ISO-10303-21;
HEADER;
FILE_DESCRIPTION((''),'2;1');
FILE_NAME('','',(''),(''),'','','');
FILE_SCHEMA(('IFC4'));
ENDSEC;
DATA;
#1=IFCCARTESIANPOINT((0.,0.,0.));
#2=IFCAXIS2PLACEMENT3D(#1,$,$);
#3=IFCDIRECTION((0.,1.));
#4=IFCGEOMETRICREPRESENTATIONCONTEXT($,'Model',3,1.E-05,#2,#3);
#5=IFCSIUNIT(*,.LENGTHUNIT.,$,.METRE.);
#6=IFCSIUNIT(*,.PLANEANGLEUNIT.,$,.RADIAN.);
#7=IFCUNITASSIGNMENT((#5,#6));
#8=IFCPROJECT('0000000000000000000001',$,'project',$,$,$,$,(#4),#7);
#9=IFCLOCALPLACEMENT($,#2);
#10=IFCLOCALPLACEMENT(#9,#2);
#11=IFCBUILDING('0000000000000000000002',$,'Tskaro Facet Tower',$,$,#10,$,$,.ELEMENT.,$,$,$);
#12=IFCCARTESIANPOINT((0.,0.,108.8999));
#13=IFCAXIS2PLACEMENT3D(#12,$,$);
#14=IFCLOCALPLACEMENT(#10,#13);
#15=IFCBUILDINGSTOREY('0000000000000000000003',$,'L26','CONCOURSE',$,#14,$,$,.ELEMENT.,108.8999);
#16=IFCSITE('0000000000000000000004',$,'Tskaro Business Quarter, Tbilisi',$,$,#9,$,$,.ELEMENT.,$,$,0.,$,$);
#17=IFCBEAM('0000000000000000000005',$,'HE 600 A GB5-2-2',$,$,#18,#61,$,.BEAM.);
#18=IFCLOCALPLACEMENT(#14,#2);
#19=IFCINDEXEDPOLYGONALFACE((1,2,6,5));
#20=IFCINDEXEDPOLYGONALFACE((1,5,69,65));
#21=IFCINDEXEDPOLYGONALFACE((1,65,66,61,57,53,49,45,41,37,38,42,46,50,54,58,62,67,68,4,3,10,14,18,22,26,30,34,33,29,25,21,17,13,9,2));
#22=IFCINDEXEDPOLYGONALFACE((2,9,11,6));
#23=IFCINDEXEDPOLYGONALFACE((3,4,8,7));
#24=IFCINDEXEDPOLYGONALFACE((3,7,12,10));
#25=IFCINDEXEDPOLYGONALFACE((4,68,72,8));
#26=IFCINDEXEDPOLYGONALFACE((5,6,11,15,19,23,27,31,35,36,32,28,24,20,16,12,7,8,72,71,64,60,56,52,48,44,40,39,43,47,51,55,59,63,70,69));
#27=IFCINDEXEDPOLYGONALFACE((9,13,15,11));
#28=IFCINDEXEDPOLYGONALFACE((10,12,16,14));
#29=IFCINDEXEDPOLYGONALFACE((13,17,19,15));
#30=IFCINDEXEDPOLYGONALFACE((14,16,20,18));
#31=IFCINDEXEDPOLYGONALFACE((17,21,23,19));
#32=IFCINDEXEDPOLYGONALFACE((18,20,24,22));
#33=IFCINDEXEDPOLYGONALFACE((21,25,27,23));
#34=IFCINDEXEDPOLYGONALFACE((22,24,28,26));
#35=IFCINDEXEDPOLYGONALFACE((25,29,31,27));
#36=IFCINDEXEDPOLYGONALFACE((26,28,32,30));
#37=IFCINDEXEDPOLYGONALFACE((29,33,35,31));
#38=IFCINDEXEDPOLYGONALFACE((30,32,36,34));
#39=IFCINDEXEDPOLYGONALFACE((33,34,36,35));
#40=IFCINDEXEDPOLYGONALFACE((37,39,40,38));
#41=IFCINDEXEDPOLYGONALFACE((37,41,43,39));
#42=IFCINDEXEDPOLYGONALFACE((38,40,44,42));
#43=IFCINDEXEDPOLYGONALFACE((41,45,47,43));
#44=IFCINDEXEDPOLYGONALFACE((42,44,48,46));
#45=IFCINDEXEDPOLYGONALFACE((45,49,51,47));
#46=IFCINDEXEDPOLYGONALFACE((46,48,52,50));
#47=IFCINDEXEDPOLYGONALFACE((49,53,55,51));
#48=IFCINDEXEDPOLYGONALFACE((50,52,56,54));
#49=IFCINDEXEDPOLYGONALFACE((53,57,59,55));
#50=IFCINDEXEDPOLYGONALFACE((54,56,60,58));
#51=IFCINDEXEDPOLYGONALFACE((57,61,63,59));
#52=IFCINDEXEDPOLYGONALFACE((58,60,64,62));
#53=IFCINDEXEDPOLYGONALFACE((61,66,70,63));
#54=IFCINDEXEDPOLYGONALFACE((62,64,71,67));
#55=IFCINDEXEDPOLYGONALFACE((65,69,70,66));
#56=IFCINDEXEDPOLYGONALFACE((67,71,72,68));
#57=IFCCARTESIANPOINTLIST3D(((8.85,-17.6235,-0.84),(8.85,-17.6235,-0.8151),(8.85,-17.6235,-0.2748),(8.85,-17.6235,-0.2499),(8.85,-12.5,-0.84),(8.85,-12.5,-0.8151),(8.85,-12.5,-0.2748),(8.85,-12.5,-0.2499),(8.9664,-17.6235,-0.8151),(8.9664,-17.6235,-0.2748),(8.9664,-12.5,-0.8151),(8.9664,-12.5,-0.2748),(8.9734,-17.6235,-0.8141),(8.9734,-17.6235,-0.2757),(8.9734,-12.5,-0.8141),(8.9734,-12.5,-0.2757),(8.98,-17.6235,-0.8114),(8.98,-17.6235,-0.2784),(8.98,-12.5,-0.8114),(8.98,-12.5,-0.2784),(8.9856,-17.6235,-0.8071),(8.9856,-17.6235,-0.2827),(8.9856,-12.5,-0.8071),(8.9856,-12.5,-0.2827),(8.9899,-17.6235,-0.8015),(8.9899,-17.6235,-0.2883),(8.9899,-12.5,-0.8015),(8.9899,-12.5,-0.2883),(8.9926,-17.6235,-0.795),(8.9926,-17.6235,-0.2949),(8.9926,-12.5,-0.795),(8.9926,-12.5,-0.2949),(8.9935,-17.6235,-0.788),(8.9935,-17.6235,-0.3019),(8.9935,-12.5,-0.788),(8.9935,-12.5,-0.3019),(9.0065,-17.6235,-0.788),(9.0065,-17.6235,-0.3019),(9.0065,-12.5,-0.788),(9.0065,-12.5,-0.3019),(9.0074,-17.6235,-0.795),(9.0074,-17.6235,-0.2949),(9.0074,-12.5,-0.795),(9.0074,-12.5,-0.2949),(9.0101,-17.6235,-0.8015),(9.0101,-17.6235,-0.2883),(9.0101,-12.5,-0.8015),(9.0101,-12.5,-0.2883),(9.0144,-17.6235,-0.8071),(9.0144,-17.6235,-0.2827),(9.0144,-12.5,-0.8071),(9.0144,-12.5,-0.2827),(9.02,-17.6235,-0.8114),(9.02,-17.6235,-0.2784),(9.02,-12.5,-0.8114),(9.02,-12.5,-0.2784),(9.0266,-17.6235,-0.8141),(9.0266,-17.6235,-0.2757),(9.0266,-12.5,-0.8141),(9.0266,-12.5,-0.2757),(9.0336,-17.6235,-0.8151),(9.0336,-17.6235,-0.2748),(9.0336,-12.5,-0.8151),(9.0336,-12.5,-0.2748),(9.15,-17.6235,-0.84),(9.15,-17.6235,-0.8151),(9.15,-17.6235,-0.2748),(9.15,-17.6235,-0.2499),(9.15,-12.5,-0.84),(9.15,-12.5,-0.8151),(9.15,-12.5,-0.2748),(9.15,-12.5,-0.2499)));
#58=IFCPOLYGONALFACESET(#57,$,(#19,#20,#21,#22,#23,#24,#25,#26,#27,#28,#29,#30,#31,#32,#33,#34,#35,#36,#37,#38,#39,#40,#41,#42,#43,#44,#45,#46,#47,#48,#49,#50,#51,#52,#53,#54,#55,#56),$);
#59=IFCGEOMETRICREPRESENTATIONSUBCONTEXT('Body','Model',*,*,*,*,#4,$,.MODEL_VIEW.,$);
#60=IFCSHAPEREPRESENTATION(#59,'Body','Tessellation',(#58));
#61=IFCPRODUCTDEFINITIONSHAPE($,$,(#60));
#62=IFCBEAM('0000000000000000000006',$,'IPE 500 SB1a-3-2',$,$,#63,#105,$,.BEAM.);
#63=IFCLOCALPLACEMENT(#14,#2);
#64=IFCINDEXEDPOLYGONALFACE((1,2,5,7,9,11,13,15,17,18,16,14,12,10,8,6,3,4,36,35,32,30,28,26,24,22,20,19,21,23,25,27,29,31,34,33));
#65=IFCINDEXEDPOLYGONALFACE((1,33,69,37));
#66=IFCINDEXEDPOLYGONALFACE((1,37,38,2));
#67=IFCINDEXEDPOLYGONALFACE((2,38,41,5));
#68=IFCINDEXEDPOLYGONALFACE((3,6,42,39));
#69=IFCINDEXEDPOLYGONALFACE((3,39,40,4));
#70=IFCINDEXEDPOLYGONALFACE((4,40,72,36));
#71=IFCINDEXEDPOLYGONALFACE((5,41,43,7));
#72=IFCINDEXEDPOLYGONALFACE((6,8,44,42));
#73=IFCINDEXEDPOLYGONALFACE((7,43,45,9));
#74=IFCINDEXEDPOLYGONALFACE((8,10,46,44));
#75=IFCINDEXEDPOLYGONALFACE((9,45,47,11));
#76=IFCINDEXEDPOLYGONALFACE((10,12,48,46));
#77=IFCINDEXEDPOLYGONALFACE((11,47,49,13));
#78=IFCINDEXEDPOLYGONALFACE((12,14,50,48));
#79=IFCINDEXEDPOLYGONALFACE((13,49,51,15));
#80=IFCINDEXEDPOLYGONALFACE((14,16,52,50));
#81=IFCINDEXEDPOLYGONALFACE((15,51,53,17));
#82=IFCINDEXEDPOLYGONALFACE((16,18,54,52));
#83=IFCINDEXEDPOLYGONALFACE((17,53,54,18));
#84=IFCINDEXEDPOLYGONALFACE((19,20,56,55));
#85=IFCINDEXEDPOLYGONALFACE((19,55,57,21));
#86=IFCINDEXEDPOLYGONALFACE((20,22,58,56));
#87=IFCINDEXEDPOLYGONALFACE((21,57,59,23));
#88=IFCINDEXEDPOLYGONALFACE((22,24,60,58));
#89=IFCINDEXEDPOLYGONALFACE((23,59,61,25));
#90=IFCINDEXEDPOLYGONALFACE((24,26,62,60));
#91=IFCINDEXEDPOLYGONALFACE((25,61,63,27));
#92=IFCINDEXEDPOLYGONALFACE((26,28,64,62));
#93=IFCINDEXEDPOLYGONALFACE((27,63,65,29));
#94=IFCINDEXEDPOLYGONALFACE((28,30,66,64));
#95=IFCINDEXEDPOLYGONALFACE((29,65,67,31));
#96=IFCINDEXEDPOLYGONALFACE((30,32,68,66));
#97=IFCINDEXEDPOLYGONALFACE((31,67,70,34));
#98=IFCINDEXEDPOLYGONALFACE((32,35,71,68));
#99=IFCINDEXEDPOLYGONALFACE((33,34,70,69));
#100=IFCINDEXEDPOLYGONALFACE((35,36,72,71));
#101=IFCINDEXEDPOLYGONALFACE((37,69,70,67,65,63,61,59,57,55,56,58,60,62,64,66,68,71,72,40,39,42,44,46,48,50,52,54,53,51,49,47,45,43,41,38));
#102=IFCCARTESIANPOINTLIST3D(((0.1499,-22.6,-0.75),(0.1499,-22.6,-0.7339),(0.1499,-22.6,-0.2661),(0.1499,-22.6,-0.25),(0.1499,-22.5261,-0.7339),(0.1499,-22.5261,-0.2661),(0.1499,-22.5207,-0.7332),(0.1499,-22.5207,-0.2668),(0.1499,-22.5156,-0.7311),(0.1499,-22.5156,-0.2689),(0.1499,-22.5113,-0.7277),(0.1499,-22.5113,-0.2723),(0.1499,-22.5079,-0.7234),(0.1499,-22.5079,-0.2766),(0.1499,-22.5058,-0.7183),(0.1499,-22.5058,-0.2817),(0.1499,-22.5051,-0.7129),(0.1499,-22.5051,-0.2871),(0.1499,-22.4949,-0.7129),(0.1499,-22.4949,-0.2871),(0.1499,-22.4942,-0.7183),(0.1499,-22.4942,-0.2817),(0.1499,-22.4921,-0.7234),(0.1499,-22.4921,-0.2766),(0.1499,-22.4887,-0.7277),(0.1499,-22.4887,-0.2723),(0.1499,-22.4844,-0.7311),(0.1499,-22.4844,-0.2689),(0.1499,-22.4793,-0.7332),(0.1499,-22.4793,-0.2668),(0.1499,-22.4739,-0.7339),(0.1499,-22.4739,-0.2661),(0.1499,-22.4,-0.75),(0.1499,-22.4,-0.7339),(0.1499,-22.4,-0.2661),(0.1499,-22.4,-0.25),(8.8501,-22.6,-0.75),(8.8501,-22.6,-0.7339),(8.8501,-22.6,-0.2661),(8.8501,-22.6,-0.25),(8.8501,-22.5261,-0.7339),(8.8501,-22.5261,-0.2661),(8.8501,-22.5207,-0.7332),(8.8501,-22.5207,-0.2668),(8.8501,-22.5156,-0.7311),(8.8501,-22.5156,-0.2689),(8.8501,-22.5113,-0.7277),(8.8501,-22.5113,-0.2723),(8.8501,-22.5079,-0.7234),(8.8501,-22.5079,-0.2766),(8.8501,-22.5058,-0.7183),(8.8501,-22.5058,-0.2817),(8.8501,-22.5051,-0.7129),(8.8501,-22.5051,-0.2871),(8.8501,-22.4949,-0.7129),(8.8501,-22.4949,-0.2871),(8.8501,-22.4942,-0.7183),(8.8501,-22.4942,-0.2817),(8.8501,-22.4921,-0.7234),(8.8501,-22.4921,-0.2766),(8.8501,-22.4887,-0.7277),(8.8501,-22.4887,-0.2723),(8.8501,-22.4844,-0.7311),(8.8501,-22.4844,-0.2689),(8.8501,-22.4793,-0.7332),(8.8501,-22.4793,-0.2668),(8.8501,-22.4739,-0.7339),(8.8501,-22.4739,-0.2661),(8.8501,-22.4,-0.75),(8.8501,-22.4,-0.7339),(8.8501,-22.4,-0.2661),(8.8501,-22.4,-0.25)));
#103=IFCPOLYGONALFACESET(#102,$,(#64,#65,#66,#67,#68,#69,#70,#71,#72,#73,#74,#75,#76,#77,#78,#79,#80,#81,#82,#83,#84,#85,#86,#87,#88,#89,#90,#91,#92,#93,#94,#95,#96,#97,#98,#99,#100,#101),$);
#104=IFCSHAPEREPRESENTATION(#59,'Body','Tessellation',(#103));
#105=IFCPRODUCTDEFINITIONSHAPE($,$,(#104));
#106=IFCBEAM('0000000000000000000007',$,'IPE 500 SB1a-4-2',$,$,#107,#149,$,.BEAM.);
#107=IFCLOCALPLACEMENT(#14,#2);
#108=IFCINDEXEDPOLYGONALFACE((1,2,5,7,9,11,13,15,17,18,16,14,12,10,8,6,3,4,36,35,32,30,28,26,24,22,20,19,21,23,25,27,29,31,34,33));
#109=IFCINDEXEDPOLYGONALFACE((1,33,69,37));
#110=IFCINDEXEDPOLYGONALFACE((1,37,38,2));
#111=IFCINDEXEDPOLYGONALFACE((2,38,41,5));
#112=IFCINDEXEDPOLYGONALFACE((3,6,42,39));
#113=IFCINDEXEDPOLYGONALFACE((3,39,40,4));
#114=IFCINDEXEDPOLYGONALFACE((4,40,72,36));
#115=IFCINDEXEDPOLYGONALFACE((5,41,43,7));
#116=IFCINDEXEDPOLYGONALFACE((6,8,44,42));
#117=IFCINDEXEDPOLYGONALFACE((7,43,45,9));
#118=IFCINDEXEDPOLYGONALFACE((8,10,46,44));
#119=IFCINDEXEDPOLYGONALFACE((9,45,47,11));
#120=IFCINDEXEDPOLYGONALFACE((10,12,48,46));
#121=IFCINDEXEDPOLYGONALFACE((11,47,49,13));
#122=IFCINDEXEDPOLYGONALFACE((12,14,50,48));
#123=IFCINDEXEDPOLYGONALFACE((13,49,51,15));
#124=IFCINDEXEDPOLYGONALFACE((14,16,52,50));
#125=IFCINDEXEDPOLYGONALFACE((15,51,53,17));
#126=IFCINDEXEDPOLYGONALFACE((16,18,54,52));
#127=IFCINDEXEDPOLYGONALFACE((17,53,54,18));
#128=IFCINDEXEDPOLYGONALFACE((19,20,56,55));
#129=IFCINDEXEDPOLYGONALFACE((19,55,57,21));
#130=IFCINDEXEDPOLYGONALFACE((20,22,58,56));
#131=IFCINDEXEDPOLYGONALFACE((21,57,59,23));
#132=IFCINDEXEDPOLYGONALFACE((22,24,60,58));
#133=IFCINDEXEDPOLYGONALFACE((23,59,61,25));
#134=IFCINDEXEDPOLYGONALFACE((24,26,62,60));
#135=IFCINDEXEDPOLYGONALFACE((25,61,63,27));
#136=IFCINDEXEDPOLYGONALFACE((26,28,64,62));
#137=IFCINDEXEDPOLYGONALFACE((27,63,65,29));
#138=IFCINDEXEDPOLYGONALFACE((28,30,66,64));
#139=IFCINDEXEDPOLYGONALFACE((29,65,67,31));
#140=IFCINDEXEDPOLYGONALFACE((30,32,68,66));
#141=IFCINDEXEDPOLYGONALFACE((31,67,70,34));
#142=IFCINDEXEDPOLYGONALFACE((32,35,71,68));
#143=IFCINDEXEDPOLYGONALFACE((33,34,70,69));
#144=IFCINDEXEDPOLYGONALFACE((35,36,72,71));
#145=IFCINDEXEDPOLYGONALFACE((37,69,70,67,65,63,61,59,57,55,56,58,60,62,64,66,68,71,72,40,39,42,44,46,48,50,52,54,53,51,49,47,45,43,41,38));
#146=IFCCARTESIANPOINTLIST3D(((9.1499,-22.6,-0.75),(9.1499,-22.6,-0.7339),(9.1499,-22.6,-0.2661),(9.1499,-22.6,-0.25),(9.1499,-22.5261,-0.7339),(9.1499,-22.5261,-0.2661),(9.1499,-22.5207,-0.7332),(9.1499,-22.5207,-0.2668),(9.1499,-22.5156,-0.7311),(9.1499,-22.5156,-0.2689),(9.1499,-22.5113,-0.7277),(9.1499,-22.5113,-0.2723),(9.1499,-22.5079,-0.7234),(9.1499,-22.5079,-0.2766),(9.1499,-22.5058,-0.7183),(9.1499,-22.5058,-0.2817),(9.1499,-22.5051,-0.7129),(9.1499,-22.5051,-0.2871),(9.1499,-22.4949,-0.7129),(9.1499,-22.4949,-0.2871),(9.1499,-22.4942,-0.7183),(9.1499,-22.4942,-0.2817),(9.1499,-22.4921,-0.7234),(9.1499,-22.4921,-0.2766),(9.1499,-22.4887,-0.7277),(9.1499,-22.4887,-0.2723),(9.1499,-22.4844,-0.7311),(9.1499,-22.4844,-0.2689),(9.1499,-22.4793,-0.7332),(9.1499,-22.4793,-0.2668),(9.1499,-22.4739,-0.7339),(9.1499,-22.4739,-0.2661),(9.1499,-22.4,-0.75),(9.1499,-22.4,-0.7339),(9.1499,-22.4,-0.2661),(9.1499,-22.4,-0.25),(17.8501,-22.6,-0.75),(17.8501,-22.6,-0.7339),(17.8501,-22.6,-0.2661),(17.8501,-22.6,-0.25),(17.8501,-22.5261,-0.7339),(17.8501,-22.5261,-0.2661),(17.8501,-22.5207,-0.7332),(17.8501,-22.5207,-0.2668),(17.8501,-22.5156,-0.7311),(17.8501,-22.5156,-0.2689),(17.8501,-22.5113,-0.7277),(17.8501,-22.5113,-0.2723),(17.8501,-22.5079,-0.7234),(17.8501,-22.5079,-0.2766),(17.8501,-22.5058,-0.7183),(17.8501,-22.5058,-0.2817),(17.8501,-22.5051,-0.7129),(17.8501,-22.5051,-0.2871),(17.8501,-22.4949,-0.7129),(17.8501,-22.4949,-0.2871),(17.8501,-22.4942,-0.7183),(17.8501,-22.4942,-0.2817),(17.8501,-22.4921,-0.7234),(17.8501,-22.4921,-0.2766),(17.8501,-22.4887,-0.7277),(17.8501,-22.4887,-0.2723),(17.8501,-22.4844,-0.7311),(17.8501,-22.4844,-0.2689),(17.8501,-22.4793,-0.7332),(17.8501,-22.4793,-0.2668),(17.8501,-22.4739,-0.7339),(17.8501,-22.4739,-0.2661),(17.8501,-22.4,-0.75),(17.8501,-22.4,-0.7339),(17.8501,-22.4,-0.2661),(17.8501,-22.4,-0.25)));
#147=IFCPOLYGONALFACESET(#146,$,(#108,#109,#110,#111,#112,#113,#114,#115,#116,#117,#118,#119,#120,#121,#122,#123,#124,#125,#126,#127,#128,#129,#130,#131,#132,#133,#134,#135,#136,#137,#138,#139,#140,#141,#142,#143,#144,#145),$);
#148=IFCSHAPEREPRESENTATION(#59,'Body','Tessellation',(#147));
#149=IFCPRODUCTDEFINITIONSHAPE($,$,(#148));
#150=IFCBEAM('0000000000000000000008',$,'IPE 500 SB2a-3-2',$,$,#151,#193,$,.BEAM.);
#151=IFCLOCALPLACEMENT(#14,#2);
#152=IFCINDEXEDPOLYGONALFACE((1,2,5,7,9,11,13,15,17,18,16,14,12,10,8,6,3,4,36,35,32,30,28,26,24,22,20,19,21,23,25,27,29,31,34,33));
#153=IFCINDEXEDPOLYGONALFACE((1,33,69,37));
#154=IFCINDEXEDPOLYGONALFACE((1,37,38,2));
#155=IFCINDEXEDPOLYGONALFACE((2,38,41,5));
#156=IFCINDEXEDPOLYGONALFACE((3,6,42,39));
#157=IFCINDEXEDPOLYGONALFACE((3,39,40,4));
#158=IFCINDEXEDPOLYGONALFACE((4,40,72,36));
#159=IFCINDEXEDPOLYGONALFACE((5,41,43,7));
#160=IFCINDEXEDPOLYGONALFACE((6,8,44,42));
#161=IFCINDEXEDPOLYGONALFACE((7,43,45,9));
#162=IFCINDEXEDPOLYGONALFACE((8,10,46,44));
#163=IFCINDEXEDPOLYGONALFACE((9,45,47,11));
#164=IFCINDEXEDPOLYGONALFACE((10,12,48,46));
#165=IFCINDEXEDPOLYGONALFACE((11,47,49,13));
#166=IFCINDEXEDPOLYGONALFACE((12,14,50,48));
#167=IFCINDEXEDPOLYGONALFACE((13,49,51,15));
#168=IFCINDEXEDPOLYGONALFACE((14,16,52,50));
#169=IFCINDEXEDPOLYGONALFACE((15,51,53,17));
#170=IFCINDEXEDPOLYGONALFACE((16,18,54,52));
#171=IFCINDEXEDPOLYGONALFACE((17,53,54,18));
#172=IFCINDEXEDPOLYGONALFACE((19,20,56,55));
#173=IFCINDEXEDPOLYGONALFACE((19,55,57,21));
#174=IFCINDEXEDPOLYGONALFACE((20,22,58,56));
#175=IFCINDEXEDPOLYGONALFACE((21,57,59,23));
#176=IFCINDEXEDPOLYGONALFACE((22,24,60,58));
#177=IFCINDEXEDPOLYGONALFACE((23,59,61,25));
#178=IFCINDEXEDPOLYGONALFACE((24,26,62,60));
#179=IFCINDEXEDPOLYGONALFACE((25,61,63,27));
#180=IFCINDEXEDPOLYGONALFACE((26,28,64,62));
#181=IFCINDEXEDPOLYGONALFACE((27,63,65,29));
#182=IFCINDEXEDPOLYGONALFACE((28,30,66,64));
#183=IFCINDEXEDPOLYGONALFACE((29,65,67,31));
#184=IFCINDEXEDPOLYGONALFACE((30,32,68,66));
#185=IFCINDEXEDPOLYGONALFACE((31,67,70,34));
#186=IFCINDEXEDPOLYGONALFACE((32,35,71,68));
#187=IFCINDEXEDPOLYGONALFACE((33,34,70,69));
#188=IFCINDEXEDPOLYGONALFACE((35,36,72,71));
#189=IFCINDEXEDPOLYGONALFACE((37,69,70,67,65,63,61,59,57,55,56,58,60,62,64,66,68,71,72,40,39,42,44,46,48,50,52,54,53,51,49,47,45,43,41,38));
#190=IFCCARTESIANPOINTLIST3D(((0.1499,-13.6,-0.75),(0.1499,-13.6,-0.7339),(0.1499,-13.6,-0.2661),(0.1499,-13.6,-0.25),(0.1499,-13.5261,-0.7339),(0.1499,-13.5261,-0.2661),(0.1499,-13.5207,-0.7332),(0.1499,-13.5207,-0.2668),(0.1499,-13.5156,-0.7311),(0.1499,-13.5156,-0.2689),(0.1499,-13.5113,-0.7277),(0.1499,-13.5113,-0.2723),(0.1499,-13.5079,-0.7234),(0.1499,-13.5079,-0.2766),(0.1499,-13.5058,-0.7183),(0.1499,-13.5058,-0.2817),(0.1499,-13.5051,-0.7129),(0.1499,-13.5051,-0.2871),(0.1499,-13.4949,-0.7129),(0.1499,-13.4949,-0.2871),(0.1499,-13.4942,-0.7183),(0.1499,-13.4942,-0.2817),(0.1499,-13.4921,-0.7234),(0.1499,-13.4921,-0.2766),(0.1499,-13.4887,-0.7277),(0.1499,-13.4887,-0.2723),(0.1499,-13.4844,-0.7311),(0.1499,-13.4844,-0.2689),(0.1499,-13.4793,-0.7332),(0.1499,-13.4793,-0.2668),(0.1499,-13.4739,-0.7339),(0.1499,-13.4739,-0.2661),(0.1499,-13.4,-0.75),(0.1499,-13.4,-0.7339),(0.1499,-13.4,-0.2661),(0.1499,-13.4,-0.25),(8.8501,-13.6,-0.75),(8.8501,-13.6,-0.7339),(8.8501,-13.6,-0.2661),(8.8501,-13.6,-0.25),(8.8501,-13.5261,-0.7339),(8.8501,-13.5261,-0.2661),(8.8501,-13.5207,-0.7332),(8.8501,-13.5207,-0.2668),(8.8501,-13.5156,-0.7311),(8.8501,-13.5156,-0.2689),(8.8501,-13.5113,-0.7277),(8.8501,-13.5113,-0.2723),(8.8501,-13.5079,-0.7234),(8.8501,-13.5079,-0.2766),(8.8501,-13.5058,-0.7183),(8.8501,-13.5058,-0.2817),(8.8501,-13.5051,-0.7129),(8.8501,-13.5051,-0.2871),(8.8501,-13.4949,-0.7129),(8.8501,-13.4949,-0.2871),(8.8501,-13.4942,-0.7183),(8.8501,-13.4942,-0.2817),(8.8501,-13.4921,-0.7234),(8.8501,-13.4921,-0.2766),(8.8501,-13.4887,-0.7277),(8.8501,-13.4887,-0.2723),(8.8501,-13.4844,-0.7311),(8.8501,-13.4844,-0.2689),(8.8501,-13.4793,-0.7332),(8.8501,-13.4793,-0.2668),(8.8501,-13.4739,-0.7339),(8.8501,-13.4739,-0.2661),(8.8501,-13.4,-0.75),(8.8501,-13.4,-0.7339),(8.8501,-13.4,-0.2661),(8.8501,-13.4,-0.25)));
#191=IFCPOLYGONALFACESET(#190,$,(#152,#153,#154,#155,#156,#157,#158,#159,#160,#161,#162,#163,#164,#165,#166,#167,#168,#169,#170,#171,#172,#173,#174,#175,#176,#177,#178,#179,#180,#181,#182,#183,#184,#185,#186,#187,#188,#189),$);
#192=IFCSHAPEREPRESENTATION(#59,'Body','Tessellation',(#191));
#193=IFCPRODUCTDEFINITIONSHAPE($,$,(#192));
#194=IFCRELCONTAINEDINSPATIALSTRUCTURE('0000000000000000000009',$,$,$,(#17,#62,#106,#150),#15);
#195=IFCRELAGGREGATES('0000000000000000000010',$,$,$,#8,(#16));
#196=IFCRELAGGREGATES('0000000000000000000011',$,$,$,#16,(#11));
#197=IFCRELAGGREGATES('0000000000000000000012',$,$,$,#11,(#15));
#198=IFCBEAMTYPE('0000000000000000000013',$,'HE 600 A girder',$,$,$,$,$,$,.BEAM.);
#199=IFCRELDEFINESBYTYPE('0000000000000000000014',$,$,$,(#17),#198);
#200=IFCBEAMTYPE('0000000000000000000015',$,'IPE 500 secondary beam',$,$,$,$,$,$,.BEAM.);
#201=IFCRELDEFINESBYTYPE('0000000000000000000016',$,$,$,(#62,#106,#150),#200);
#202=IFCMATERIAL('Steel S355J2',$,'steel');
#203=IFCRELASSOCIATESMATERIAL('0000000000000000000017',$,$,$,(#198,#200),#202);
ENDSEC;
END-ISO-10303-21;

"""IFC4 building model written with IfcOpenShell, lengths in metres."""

from ifc_helpers import new_model, si_unit, direction, frame, origin, origin_2d, place, context, subcontext, project, spatial, i_section, extrude, material, material_profile, profile_set, type_object, element, save


model = new_model("IFC4")

# Units and contexts
model_context = context("Model", 3, precision=1e-05, world=origin(), true_north=direction((0.0, 1.0)))
body_context = subcontext(model_context, "Body", "Model", "MODEL_VIEW")
ifc_project = project(units=[si_unit("LENGTHUNIT", "METRE"), si_unit("PLANEANGLEUNIT", "RADIAN")], contexts=[model_context])

# Site, building, storey
site_placement = place(None, origin())
site = spatial("IfcSite", under=ifc_project, at=site_placement, Name="Tskaro Business Quarter, Tbilisi", CompositionType="ELEMENT", RefElevation=0.0)
building_placement = place(site_placement, origin())
building = spatial("IfcBuilding", under=site, at=building_placement, Name="Tskaro Facet Tower", CompositionType="ELEMENT")
storey_placement = place(building_placement, frame((0.0, 0.0, 108.8999)))
storey = spatial("IfcBuildingStorey", under=building, at=storey_placement, Name="L26", Description="CONCOURSE", CompositionType="ELEMENT", Elevation=108.8999)

# Beams
ifc_material_1 = material(Name="Steel S355J2", Category="steel")
ifc_material_profile_1 = material_profile(ifc_material_1, i_section(OverallWidth=0.3, OverallDepth=0.5901, WebThickness=0.0129, FlangeThickness=0.0249, FilletRadius=0.0271, at=origin_2d()), Name="HE 600 A")
ifc_profile_set_1 = profile_set([ifc_material_profile_1], Name="Steel S355J2")
beam_type_1 = type_object("IfcBeamType", Name="HE 600 A girder", PredefinedType="BEAM", material=ifc_profile_set_1)
beam_1_placement = place(storey_placement, frame((9.0, -17.6235, -0.5449), z_axis=(0.0, 1.0, 0.0), x_axis=(-1.0, 0.0, 0.0)))
element("IfcBeam", 1, at=beam_1_placement, inside=storey, type_object=beam_type_1, Name="HE 600 A GB5-2-2", PredefinedType="BEAM", context=body_context, shape_type="SweptSolid", body=[
    extrude(i_section(OverallWidth=0.3, OverallDepth=0.5901, WebThickness=0.0129, FlangeThickness=0.0249, FilletRadius=0.0271, at=origin_2d()), origin(), (0.0, 0.0, 1.0), 5.1235),
])
ifc_material_profile_2 = material_profile(ifc_material_1, i_section(OverallWidth=0.2, OverallDepth=0.5, WebThickness=0.0103, FlangeThickness=0.0161, FilletRadius=0.021, at=origin_2d()), Name="IPE 500")
ifc_profile_set_2 = profile_set([ifc_material_profile_2], Name="Steel S355J2")
beam_type_2 = type_object("IfcBeamType", Name="IPE 500 secondary beam", PredefinedType="BEAM", material=ifc_profile_set_2)
for number, where, z_axis, x_axis, name in (
    (2, (0.1499, -22.5, -0.5), (1.0, 0.0, 0.0), (0.0, 1.0, 0.0), "IPE 500 SB1a-3-2"),
    (3, (9.1499, -22.5, -0.5), (1.0, 0.0, 0.0), (0.0, 1.0, 0.0), "IPE 500 SB1a-4-2"),
    (4, (0.1499, -13.5, -0.5), (1.0, 0.0, 0.0), (0.0, 1.0, 0.0), "IPE 500 SB2a-3-2"),
):
    element("IfcBeam", number, at=place(storey_placement, frame(where, z_axis=z_axis, x_axis=x_axis)), inside=storey, type_object=beam_type_2, Name=name, PredefinedType="BEAM", context=body_context, shape_type="SweptSolid", body=[
        extrude(i_section(OverallWidth=0.2, OverallDepth=0.5, WebThickness=0.0103, FlangeThickness=0.0161, FilletRadius=0.021, at=origin_2d()), origin(), (0.0, 0.0, 1.0), 8.7002),
    ])

save(model, "model.ifc")
